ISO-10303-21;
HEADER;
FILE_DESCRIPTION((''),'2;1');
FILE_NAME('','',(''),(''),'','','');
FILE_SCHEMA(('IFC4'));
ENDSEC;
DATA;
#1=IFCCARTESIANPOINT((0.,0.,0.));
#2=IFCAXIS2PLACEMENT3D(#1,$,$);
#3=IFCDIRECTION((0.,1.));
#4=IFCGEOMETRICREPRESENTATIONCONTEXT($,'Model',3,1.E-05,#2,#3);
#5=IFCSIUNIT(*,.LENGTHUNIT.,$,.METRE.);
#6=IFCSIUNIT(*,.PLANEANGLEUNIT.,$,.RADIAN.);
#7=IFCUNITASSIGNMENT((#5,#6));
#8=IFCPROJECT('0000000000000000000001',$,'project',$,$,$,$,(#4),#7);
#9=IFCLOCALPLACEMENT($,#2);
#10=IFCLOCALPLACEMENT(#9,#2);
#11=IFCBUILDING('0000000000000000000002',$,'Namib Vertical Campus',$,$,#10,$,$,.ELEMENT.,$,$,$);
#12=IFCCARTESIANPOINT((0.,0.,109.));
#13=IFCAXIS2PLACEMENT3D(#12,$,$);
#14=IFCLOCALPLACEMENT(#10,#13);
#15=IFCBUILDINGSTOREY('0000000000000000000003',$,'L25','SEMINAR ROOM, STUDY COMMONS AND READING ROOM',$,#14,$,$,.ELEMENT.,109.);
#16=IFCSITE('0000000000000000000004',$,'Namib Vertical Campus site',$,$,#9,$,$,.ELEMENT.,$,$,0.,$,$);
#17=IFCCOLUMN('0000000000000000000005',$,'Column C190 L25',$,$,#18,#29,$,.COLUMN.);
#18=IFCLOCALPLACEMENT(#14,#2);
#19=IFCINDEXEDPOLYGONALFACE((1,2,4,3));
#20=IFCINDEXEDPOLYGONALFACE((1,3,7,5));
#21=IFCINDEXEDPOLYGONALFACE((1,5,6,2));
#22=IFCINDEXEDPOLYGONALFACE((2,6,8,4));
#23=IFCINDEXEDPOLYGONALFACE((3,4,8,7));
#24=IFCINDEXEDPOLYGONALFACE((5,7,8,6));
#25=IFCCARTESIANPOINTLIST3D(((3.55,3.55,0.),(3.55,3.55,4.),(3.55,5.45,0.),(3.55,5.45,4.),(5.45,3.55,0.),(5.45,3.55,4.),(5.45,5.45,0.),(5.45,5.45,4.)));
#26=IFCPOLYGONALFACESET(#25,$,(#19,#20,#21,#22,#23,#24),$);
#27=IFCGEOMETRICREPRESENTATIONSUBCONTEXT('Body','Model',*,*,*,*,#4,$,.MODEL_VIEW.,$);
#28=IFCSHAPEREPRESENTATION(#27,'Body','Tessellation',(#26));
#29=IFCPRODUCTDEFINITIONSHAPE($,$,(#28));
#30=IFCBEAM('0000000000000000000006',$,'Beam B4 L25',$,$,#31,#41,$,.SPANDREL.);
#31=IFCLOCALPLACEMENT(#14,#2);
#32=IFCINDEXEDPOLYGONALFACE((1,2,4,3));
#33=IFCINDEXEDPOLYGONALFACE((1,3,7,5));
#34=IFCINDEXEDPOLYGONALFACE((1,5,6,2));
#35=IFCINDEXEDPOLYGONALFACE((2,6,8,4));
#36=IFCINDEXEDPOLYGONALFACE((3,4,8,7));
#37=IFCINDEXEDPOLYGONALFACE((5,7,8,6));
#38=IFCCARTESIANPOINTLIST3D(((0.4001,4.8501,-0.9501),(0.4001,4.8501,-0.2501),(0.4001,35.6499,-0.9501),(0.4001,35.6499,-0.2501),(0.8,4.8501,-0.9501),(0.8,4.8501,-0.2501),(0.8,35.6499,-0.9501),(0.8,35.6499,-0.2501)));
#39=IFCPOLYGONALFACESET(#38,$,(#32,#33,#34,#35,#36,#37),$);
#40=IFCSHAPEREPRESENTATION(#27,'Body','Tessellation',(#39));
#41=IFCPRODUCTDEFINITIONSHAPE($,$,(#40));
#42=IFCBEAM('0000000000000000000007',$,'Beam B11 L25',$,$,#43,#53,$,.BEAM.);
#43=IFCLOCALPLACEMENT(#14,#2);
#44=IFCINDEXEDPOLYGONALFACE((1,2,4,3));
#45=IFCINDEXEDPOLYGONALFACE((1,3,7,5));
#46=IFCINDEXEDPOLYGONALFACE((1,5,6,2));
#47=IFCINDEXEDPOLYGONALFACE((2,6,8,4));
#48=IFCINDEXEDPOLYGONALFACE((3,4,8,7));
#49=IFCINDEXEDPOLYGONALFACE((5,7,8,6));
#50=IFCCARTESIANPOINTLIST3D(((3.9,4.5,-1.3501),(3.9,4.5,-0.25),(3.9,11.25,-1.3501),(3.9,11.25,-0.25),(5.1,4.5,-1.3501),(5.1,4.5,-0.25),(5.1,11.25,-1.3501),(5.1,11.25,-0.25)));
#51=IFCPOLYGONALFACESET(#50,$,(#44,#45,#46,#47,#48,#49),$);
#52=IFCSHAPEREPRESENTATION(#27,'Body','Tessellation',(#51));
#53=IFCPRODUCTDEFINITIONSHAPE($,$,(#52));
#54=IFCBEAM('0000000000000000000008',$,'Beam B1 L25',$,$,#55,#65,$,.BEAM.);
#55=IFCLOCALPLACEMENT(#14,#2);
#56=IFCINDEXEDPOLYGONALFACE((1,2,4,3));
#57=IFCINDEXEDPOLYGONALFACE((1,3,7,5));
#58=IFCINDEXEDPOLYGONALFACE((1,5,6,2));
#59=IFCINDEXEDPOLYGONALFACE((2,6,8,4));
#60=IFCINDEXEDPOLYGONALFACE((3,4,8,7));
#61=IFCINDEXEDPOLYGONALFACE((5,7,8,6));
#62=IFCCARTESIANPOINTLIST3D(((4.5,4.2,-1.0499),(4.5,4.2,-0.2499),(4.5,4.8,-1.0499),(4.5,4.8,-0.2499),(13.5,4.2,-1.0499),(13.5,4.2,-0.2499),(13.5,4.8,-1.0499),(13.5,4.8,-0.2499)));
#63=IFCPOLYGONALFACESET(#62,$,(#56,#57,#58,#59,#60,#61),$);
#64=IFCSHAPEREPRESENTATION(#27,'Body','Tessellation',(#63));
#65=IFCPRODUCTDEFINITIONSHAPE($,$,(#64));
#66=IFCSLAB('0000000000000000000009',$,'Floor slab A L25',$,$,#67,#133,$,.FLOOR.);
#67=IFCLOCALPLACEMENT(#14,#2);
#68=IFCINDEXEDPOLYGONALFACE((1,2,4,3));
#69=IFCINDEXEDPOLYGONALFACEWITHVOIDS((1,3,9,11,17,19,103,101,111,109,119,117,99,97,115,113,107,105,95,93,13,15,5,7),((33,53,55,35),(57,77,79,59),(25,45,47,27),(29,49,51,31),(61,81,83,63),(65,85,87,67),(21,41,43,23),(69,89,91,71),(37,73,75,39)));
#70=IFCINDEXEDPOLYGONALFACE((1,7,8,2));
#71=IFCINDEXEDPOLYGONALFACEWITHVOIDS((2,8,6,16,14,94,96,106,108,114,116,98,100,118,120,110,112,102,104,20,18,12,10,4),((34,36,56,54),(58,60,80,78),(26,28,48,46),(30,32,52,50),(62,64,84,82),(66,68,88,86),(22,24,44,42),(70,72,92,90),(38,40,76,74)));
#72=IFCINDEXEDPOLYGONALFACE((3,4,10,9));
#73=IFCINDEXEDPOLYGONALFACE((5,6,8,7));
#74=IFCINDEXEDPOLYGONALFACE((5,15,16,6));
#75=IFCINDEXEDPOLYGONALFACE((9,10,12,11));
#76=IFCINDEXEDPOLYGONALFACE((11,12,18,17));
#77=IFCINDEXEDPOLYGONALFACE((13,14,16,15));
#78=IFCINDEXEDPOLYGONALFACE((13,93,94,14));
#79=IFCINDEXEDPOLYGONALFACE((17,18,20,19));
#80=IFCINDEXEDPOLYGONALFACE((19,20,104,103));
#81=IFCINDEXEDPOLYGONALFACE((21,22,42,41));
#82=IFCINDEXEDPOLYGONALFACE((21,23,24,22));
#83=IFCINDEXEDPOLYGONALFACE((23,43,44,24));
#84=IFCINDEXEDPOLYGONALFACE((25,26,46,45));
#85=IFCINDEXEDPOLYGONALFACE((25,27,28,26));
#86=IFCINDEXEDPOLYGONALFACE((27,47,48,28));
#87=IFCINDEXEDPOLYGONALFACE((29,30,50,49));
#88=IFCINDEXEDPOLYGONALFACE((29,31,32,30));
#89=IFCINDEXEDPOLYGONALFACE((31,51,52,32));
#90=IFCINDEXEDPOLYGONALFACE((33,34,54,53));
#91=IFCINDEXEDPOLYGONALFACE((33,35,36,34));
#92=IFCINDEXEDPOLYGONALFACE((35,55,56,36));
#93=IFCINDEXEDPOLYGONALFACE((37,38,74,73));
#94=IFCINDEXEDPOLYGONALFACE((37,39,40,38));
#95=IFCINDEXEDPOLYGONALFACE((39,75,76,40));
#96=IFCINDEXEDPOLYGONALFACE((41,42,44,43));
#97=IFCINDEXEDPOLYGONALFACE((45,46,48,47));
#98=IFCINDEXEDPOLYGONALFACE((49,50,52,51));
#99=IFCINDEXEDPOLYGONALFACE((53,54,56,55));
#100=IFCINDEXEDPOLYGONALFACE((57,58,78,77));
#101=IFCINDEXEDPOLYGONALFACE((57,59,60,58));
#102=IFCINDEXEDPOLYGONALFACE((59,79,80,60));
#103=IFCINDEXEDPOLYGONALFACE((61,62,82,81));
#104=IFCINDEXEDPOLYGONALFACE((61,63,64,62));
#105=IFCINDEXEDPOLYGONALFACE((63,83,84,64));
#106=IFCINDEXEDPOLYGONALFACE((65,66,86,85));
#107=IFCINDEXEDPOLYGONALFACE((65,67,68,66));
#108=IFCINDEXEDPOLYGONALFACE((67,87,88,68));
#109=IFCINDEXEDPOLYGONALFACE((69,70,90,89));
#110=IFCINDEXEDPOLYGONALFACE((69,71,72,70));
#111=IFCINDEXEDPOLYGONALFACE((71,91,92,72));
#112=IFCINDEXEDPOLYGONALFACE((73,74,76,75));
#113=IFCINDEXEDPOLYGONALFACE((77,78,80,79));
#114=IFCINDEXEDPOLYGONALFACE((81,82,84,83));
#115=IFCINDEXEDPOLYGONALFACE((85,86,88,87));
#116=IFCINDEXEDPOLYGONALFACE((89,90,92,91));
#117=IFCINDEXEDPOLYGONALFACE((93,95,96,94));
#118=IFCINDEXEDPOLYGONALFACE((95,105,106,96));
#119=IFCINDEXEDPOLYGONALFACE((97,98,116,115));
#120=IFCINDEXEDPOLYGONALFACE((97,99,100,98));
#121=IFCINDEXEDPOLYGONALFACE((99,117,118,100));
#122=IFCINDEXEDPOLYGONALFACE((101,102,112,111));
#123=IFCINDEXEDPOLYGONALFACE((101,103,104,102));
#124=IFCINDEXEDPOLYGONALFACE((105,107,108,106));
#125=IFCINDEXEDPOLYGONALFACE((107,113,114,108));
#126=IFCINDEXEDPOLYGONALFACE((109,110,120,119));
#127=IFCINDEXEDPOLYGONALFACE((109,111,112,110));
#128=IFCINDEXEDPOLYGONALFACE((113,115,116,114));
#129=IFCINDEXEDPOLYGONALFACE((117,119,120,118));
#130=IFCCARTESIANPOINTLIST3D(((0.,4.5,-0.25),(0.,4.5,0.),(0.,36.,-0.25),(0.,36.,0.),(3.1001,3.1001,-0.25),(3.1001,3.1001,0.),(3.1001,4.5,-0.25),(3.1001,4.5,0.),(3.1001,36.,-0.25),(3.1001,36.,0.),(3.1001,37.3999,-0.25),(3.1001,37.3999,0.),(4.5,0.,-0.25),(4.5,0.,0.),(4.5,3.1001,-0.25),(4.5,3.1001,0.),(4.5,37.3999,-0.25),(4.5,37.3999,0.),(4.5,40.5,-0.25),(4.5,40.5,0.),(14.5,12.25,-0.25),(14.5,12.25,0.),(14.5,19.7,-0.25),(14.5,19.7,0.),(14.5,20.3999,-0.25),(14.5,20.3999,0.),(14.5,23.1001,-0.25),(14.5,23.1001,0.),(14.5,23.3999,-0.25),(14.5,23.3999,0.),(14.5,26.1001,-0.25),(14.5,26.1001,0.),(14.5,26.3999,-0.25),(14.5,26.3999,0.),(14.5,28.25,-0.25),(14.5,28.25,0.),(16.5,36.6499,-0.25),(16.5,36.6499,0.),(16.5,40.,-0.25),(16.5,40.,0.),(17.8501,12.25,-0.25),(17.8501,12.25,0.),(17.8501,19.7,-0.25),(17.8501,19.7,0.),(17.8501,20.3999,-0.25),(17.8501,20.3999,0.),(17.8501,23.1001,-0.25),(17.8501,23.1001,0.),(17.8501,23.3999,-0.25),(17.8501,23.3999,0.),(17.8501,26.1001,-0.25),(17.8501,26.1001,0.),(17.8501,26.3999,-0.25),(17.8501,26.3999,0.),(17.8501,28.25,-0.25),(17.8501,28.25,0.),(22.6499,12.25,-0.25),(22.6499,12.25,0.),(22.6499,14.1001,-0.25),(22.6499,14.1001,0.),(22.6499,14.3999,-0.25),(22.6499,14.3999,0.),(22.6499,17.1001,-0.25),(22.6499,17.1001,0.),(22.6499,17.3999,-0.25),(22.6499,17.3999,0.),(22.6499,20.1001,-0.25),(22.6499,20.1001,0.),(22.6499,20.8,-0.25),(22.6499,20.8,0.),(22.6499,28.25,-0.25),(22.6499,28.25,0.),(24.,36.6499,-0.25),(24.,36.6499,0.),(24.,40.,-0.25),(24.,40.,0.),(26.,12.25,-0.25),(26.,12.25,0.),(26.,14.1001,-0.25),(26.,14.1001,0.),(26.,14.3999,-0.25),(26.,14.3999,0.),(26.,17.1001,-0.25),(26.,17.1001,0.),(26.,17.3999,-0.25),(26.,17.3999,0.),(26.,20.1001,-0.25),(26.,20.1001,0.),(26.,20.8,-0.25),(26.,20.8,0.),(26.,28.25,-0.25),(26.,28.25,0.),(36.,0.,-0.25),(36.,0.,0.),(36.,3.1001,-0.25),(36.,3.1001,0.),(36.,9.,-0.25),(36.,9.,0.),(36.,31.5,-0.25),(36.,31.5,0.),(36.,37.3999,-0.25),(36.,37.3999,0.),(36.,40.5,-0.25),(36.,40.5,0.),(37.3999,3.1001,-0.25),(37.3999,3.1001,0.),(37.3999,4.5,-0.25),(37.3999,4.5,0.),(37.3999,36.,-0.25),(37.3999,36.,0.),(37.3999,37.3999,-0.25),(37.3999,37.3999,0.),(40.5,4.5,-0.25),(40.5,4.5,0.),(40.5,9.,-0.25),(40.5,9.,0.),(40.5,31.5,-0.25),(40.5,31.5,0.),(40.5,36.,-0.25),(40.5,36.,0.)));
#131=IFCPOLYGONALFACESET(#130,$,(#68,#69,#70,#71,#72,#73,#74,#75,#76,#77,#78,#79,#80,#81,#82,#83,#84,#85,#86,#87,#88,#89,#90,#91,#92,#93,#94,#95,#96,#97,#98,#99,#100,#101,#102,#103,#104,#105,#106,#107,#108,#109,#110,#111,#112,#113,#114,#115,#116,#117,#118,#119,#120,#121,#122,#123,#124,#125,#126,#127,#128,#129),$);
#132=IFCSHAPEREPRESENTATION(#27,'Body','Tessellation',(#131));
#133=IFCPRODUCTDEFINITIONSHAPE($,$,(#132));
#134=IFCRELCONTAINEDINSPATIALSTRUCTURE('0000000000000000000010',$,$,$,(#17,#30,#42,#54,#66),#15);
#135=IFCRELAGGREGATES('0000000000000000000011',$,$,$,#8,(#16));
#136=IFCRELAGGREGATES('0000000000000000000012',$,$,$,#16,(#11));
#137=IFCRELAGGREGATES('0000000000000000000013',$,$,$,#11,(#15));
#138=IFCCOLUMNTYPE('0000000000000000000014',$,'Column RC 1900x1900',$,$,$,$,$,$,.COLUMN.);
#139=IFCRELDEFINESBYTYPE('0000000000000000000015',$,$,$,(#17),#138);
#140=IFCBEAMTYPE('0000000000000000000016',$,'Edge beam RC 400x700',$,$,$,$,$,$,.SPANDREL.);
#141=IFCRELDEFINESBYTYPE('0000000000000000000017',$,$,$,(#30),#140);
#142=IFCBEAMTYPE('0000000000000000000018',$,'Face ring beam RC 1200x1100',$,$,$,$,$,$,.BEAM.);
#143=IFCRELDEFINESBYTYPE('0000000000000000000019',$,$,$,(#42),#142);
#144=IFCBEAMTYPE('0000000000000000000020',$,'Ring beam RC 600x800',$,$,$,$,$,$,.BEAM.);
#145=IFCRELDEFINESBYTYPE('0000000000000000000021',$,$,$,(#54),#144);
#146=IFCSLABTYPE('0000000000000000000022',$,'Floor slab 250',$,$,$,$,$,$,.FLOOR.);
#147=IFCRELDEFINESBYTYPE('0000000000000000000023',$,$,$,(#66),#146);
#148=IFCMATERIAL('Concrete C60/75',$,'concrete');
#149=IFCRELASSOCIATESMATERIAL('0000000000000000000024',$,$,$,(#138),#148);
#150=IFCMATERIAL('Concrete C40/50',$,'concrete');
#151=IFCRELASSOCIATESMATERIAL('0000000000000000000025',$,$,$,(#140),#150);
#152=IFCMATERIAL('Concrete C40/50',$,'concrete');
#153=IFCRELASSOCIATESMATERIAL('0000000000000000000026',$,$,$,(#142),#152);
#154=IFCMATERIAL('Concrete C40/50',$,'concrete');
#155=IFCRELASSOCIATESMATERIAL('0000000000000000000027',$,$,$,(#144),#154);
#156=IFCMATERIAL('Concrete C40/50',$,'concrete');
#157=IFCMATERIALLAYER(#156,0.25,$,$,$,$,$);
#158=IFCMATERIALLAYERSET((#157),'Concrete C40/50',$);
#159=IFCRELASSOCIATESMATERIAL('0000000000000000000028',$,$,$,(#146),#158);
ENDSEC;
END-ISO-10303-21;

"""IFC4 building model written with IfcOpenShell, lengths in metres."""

from ifc_helpers import new_model, si_unit, direction, frame, origin, origin_2d, place, context, subcontext, project, spatial, polyline, rectangle, outline, extrude, material, layer, layer_set, material_profile, profile_set, type_object, element, save


model = new_model("IFC4")

# Units and contexts
model_context = context("Model", 3, precision=1e-05, world=origin(), true_north=direction((0.0, 1.0)))
body_context = subcontext(model_context, "Body", "Model", "MODEL_VIEW")
ifc_project = project(units=[si_unit("LENGTHUNIT", "METRE"), si_unit("PLANEANGLEUNIT", "RADIAN")], contexts=[model_context])

# Site, building, storey
site_placement = place(None, origin())
site = spatial("IfcSite", under=ifc_project, at=site_placement, Name="Namib Vertical Campus site", CompositionType="ELEMENT", RefElevation=0.0)
building_placement = place(site_placement, origin())
building = spatial("IfcBuilding", under=site, at=building_placement, Name="Namib Vertical Campus", CompositionType="ELEMENT")
storey_placement = place(building_placement, frame((0.0, 0.0, 109.0)))
storey = spatial("IfcBuildingStorey", under=building, at=storey_placement, Name="L25", Description="SEMINAR ROOM, STUDY COMMONS AND READING ROOM", CompositionType="ELEMENT", Elevation=109.0)

# Column
ifc_material_1 = material(Name="Concrete C60/75", Category="concrete")
ifc_material_profile_1 = material_profile(ifc_material_1, rectangle(XDim=1.8999, YDim=1.8999, at=origin_2d()))
ifc_profile_set_1 = profile_set([ifc_material_profile_1], Name="Concrete C60/75")
column_type = type_object("IfcColumnType", Name="Column RC 1900x1900", PredefinedType="COLUMN", material=ifc_profile_set_1)
column_placement = place(storey_placement, frame((4.5, 4.5, 0.0), z_axis=(0.0, 0.0, 1.0), x_axis=(1.0, 0.0, 0.0)))
element("IfcColumn", 1, at=column_placement, inside=storey, type_object=column_type, Name="Column C190 L25", PredefinedType="COLUMN", context=body_context, shape_type="SweptSolid", body=[
    extrude(rectangle(XDim=1.8999, YDim=1.8999, at=origin_2d()), origin(), (0.0, 0.0, 1.0), 4.0),
])

# Beams
ifc_material_2 = material(Name="Concrete C40/50", Category="concrete")
ifc_material_profile_2 = material_profile(ifc_material_2, rectangle(XDim=0.3999, YDim=0.7, at=origin_2d()))
ifc_profile_set_2 = profile_set([ifc_material_profile_2], Name="Concrete C40/50")
beam_type_1 = type_object("IfcBeamType", Name="Edge beam RC 400x700", PredefinedType="SPANDREL", material=ifc_profile_set_2)
beam_1_placement = place(storey_placement, frame((0.6001, 4.8501, -0.6001), z_axis=(0.0, 1.0, 0.0), x_axis=(-1.0, 0.0, 0.0)))
element("IfcBeam", 2, at=beam_1_placement, inside=storey, type_object=beam_type_1, Name="Beam B4 L25", PredefinedType="SPANDREL", context=body_context, shape_type="SweptSolid", body=[
    extrude(rectangle(XDim=0.3999, YDim=0.7, at=origin_2d()), origin(), (0.0, 0.0, 1.0), 30.7998),
])
ifc_material_3 = material(Name="Concrete C40/50", Category="concrete")
ifc_material_profile_3 = material_profile(ifc_material_3, rectangle(XDim=1.2, YDim=1.1001, at=origin_2d()))
ifc_profile_set_3 = profile_set([ifc_material_profile_3], Name="Concrete C40/50")
beam_type_2 = type_object("IfcBeamType", Name="Face ring beam RC 1200x1100", PredefinedType="BEAM", material=ifc_profile_set_3)
beam_2_placement = place(storey_placement, frame((4.5, 4.5, -0.8), z_axis=(0.0, 1.0, 0.0), x_axis=(-1.0, 0.0, 0.0)))
element("IfcBeam", 3, at=beam_2_placement, inside=storey, type_object=beam_type_2, Name="Beam B11 L25", PredefinedType="BEAM", context=body_context, shape_type="SweptSolid", body=[
    extrude(rectangle(XDim=1.2, YDim=1.1001, at=origin_2d()), origin(), (0.0, 0.0, 1.0), 6.75),
])
ifc_material_4 = material(Name="Concrete C40/50", Category="concrete")
ifc_material_profile_4 = material_profile(ifc_material_4, rectangle(XDim=0.6001, YDim=0.8, at=origin_2d()))
ifc_profile_set_4 = profile_set([ifc_material_profile_4], Name="Concrete C40/50")
beam_type_3 = type_object("IfcBeamType", Name="Ring beam RC 600x800", PredefinedType="BEAM", material=ifc_profile_set_4)
beam_3_placement = place(storey_placement, frame((4.5, 4.5, -0.6499), z_axis=(1.0, 0.0, 0.0), x_axis=(0.0, 1.0, 0.0)))
element("IfcBeam", 4, at=beam_3_placement, inside=storey, type_object=beam_type_3, Name="Beam B1 L25", PredefinedType="BEAM", context=body_context, shape_type="SweptSolid", body=[
    extrude(rectangle(XDim=0.6001, YDim=0.8, at=origin_2d()), origin(), (0.0, 0.0, 1.0), 9.0),
])

# Slab
ifc_material_5 = material(Name="Concrete C40/50", Category="concrete")
ifc_layer_1 = layer(ifc_material_5, 0.25)
ifc_layer_set_1 = layer_set([ifc_layer_1], Name="Concrete C40/50")
slab_type_1 = type_object("IfcSlabType", Name="Floor slab 250", PredefinedType="FLOOR", material=ifc_layer_set_1)
slab_1_placement = place(storey_placement, frame((0.0, 0.0, -0.25)))
element("IfcSlab", 5, at=slab_1_placement, inside=storey, type_object=slab_type_1, Name="Floor slab A L25", PredefinedType="FLOOR", context=body_context, shape_type="SweptSolid", body=[
    extrude(outline(polyline([(4.5, 3.1001), (4.5, 0.0), (36.0, 0.0), (36.0, 3.1001), (37.3999, 3.1001), (37.3999, 4.5), (40.5, 4.5), (40.5, 9.0), (36.0, 9.0), (36.0, 31.5), (40.5, 31.5), (40.5, 36.0), (37.3999, 36.0), (37.3999, 37.3999), (36.0, 37.3999), (36.0, 40.5), (4.5, 40.5), (4.5, 37.3999), (3.1001, 37.3999), (3.1001, 36.0), (0.0, 36.0), (0.0, 4.5), (3.1001, 4.5), (3.1001, 3.1001), (4.5, 3.1001)]), holes=[polyline([(14.5, 12.25), (17.8501, 12.25), (17.8501, 19.7), (14.5, 19.7), (14.5, 12.25)]), polyline([(22.6499, 20.8), (26.0, 20.8), (26.0, 28.25), (22.6499, 28.25), (22.6499, 20.8)]), polyline([(22.6499, 12.25), (26.0, 12.25), (26.0, 14.1001), (22.6499, 14.1001), (22.6499, 12.25)]), polyline([(14.5, 20.3999), (17.8501, 20.3999), (17.8501, 23.1001), (14.5, 23.1001), (14.5, 20.3999)]), polyline([(14.5, 23.3999), (17.8501, 23.3999), (17.8501, 26.1001), (14.5, 26.1001), (14.5, 23.3999)]), polyline([(14.5, 26.3999), (17.8501, 26.3999), (17.8501, 28.25), (14.5, 28.25), (14.5, 26.3999)]), polyline([(22.6499, 14.3999), (26.0, 14.3999), (26.0, 17.1001), (22.6499, 17.1001), (22.6499, 14.3999)]), polyline([(22.6499, 17.3999), (26.0, 17.3999), (26.0, 20.1001), (22.6499, 20.1001), (22.6499, 17.3999)]), polyline([(16.5, 36.6499), (24.0, 36.6499), (24.0, 40.0), (16.5, 40.0), (16.5, 36.6499)])]), origin(), (0.0, 0.0, 1.0), 0.25),
])

save(model, "model.ifc")
